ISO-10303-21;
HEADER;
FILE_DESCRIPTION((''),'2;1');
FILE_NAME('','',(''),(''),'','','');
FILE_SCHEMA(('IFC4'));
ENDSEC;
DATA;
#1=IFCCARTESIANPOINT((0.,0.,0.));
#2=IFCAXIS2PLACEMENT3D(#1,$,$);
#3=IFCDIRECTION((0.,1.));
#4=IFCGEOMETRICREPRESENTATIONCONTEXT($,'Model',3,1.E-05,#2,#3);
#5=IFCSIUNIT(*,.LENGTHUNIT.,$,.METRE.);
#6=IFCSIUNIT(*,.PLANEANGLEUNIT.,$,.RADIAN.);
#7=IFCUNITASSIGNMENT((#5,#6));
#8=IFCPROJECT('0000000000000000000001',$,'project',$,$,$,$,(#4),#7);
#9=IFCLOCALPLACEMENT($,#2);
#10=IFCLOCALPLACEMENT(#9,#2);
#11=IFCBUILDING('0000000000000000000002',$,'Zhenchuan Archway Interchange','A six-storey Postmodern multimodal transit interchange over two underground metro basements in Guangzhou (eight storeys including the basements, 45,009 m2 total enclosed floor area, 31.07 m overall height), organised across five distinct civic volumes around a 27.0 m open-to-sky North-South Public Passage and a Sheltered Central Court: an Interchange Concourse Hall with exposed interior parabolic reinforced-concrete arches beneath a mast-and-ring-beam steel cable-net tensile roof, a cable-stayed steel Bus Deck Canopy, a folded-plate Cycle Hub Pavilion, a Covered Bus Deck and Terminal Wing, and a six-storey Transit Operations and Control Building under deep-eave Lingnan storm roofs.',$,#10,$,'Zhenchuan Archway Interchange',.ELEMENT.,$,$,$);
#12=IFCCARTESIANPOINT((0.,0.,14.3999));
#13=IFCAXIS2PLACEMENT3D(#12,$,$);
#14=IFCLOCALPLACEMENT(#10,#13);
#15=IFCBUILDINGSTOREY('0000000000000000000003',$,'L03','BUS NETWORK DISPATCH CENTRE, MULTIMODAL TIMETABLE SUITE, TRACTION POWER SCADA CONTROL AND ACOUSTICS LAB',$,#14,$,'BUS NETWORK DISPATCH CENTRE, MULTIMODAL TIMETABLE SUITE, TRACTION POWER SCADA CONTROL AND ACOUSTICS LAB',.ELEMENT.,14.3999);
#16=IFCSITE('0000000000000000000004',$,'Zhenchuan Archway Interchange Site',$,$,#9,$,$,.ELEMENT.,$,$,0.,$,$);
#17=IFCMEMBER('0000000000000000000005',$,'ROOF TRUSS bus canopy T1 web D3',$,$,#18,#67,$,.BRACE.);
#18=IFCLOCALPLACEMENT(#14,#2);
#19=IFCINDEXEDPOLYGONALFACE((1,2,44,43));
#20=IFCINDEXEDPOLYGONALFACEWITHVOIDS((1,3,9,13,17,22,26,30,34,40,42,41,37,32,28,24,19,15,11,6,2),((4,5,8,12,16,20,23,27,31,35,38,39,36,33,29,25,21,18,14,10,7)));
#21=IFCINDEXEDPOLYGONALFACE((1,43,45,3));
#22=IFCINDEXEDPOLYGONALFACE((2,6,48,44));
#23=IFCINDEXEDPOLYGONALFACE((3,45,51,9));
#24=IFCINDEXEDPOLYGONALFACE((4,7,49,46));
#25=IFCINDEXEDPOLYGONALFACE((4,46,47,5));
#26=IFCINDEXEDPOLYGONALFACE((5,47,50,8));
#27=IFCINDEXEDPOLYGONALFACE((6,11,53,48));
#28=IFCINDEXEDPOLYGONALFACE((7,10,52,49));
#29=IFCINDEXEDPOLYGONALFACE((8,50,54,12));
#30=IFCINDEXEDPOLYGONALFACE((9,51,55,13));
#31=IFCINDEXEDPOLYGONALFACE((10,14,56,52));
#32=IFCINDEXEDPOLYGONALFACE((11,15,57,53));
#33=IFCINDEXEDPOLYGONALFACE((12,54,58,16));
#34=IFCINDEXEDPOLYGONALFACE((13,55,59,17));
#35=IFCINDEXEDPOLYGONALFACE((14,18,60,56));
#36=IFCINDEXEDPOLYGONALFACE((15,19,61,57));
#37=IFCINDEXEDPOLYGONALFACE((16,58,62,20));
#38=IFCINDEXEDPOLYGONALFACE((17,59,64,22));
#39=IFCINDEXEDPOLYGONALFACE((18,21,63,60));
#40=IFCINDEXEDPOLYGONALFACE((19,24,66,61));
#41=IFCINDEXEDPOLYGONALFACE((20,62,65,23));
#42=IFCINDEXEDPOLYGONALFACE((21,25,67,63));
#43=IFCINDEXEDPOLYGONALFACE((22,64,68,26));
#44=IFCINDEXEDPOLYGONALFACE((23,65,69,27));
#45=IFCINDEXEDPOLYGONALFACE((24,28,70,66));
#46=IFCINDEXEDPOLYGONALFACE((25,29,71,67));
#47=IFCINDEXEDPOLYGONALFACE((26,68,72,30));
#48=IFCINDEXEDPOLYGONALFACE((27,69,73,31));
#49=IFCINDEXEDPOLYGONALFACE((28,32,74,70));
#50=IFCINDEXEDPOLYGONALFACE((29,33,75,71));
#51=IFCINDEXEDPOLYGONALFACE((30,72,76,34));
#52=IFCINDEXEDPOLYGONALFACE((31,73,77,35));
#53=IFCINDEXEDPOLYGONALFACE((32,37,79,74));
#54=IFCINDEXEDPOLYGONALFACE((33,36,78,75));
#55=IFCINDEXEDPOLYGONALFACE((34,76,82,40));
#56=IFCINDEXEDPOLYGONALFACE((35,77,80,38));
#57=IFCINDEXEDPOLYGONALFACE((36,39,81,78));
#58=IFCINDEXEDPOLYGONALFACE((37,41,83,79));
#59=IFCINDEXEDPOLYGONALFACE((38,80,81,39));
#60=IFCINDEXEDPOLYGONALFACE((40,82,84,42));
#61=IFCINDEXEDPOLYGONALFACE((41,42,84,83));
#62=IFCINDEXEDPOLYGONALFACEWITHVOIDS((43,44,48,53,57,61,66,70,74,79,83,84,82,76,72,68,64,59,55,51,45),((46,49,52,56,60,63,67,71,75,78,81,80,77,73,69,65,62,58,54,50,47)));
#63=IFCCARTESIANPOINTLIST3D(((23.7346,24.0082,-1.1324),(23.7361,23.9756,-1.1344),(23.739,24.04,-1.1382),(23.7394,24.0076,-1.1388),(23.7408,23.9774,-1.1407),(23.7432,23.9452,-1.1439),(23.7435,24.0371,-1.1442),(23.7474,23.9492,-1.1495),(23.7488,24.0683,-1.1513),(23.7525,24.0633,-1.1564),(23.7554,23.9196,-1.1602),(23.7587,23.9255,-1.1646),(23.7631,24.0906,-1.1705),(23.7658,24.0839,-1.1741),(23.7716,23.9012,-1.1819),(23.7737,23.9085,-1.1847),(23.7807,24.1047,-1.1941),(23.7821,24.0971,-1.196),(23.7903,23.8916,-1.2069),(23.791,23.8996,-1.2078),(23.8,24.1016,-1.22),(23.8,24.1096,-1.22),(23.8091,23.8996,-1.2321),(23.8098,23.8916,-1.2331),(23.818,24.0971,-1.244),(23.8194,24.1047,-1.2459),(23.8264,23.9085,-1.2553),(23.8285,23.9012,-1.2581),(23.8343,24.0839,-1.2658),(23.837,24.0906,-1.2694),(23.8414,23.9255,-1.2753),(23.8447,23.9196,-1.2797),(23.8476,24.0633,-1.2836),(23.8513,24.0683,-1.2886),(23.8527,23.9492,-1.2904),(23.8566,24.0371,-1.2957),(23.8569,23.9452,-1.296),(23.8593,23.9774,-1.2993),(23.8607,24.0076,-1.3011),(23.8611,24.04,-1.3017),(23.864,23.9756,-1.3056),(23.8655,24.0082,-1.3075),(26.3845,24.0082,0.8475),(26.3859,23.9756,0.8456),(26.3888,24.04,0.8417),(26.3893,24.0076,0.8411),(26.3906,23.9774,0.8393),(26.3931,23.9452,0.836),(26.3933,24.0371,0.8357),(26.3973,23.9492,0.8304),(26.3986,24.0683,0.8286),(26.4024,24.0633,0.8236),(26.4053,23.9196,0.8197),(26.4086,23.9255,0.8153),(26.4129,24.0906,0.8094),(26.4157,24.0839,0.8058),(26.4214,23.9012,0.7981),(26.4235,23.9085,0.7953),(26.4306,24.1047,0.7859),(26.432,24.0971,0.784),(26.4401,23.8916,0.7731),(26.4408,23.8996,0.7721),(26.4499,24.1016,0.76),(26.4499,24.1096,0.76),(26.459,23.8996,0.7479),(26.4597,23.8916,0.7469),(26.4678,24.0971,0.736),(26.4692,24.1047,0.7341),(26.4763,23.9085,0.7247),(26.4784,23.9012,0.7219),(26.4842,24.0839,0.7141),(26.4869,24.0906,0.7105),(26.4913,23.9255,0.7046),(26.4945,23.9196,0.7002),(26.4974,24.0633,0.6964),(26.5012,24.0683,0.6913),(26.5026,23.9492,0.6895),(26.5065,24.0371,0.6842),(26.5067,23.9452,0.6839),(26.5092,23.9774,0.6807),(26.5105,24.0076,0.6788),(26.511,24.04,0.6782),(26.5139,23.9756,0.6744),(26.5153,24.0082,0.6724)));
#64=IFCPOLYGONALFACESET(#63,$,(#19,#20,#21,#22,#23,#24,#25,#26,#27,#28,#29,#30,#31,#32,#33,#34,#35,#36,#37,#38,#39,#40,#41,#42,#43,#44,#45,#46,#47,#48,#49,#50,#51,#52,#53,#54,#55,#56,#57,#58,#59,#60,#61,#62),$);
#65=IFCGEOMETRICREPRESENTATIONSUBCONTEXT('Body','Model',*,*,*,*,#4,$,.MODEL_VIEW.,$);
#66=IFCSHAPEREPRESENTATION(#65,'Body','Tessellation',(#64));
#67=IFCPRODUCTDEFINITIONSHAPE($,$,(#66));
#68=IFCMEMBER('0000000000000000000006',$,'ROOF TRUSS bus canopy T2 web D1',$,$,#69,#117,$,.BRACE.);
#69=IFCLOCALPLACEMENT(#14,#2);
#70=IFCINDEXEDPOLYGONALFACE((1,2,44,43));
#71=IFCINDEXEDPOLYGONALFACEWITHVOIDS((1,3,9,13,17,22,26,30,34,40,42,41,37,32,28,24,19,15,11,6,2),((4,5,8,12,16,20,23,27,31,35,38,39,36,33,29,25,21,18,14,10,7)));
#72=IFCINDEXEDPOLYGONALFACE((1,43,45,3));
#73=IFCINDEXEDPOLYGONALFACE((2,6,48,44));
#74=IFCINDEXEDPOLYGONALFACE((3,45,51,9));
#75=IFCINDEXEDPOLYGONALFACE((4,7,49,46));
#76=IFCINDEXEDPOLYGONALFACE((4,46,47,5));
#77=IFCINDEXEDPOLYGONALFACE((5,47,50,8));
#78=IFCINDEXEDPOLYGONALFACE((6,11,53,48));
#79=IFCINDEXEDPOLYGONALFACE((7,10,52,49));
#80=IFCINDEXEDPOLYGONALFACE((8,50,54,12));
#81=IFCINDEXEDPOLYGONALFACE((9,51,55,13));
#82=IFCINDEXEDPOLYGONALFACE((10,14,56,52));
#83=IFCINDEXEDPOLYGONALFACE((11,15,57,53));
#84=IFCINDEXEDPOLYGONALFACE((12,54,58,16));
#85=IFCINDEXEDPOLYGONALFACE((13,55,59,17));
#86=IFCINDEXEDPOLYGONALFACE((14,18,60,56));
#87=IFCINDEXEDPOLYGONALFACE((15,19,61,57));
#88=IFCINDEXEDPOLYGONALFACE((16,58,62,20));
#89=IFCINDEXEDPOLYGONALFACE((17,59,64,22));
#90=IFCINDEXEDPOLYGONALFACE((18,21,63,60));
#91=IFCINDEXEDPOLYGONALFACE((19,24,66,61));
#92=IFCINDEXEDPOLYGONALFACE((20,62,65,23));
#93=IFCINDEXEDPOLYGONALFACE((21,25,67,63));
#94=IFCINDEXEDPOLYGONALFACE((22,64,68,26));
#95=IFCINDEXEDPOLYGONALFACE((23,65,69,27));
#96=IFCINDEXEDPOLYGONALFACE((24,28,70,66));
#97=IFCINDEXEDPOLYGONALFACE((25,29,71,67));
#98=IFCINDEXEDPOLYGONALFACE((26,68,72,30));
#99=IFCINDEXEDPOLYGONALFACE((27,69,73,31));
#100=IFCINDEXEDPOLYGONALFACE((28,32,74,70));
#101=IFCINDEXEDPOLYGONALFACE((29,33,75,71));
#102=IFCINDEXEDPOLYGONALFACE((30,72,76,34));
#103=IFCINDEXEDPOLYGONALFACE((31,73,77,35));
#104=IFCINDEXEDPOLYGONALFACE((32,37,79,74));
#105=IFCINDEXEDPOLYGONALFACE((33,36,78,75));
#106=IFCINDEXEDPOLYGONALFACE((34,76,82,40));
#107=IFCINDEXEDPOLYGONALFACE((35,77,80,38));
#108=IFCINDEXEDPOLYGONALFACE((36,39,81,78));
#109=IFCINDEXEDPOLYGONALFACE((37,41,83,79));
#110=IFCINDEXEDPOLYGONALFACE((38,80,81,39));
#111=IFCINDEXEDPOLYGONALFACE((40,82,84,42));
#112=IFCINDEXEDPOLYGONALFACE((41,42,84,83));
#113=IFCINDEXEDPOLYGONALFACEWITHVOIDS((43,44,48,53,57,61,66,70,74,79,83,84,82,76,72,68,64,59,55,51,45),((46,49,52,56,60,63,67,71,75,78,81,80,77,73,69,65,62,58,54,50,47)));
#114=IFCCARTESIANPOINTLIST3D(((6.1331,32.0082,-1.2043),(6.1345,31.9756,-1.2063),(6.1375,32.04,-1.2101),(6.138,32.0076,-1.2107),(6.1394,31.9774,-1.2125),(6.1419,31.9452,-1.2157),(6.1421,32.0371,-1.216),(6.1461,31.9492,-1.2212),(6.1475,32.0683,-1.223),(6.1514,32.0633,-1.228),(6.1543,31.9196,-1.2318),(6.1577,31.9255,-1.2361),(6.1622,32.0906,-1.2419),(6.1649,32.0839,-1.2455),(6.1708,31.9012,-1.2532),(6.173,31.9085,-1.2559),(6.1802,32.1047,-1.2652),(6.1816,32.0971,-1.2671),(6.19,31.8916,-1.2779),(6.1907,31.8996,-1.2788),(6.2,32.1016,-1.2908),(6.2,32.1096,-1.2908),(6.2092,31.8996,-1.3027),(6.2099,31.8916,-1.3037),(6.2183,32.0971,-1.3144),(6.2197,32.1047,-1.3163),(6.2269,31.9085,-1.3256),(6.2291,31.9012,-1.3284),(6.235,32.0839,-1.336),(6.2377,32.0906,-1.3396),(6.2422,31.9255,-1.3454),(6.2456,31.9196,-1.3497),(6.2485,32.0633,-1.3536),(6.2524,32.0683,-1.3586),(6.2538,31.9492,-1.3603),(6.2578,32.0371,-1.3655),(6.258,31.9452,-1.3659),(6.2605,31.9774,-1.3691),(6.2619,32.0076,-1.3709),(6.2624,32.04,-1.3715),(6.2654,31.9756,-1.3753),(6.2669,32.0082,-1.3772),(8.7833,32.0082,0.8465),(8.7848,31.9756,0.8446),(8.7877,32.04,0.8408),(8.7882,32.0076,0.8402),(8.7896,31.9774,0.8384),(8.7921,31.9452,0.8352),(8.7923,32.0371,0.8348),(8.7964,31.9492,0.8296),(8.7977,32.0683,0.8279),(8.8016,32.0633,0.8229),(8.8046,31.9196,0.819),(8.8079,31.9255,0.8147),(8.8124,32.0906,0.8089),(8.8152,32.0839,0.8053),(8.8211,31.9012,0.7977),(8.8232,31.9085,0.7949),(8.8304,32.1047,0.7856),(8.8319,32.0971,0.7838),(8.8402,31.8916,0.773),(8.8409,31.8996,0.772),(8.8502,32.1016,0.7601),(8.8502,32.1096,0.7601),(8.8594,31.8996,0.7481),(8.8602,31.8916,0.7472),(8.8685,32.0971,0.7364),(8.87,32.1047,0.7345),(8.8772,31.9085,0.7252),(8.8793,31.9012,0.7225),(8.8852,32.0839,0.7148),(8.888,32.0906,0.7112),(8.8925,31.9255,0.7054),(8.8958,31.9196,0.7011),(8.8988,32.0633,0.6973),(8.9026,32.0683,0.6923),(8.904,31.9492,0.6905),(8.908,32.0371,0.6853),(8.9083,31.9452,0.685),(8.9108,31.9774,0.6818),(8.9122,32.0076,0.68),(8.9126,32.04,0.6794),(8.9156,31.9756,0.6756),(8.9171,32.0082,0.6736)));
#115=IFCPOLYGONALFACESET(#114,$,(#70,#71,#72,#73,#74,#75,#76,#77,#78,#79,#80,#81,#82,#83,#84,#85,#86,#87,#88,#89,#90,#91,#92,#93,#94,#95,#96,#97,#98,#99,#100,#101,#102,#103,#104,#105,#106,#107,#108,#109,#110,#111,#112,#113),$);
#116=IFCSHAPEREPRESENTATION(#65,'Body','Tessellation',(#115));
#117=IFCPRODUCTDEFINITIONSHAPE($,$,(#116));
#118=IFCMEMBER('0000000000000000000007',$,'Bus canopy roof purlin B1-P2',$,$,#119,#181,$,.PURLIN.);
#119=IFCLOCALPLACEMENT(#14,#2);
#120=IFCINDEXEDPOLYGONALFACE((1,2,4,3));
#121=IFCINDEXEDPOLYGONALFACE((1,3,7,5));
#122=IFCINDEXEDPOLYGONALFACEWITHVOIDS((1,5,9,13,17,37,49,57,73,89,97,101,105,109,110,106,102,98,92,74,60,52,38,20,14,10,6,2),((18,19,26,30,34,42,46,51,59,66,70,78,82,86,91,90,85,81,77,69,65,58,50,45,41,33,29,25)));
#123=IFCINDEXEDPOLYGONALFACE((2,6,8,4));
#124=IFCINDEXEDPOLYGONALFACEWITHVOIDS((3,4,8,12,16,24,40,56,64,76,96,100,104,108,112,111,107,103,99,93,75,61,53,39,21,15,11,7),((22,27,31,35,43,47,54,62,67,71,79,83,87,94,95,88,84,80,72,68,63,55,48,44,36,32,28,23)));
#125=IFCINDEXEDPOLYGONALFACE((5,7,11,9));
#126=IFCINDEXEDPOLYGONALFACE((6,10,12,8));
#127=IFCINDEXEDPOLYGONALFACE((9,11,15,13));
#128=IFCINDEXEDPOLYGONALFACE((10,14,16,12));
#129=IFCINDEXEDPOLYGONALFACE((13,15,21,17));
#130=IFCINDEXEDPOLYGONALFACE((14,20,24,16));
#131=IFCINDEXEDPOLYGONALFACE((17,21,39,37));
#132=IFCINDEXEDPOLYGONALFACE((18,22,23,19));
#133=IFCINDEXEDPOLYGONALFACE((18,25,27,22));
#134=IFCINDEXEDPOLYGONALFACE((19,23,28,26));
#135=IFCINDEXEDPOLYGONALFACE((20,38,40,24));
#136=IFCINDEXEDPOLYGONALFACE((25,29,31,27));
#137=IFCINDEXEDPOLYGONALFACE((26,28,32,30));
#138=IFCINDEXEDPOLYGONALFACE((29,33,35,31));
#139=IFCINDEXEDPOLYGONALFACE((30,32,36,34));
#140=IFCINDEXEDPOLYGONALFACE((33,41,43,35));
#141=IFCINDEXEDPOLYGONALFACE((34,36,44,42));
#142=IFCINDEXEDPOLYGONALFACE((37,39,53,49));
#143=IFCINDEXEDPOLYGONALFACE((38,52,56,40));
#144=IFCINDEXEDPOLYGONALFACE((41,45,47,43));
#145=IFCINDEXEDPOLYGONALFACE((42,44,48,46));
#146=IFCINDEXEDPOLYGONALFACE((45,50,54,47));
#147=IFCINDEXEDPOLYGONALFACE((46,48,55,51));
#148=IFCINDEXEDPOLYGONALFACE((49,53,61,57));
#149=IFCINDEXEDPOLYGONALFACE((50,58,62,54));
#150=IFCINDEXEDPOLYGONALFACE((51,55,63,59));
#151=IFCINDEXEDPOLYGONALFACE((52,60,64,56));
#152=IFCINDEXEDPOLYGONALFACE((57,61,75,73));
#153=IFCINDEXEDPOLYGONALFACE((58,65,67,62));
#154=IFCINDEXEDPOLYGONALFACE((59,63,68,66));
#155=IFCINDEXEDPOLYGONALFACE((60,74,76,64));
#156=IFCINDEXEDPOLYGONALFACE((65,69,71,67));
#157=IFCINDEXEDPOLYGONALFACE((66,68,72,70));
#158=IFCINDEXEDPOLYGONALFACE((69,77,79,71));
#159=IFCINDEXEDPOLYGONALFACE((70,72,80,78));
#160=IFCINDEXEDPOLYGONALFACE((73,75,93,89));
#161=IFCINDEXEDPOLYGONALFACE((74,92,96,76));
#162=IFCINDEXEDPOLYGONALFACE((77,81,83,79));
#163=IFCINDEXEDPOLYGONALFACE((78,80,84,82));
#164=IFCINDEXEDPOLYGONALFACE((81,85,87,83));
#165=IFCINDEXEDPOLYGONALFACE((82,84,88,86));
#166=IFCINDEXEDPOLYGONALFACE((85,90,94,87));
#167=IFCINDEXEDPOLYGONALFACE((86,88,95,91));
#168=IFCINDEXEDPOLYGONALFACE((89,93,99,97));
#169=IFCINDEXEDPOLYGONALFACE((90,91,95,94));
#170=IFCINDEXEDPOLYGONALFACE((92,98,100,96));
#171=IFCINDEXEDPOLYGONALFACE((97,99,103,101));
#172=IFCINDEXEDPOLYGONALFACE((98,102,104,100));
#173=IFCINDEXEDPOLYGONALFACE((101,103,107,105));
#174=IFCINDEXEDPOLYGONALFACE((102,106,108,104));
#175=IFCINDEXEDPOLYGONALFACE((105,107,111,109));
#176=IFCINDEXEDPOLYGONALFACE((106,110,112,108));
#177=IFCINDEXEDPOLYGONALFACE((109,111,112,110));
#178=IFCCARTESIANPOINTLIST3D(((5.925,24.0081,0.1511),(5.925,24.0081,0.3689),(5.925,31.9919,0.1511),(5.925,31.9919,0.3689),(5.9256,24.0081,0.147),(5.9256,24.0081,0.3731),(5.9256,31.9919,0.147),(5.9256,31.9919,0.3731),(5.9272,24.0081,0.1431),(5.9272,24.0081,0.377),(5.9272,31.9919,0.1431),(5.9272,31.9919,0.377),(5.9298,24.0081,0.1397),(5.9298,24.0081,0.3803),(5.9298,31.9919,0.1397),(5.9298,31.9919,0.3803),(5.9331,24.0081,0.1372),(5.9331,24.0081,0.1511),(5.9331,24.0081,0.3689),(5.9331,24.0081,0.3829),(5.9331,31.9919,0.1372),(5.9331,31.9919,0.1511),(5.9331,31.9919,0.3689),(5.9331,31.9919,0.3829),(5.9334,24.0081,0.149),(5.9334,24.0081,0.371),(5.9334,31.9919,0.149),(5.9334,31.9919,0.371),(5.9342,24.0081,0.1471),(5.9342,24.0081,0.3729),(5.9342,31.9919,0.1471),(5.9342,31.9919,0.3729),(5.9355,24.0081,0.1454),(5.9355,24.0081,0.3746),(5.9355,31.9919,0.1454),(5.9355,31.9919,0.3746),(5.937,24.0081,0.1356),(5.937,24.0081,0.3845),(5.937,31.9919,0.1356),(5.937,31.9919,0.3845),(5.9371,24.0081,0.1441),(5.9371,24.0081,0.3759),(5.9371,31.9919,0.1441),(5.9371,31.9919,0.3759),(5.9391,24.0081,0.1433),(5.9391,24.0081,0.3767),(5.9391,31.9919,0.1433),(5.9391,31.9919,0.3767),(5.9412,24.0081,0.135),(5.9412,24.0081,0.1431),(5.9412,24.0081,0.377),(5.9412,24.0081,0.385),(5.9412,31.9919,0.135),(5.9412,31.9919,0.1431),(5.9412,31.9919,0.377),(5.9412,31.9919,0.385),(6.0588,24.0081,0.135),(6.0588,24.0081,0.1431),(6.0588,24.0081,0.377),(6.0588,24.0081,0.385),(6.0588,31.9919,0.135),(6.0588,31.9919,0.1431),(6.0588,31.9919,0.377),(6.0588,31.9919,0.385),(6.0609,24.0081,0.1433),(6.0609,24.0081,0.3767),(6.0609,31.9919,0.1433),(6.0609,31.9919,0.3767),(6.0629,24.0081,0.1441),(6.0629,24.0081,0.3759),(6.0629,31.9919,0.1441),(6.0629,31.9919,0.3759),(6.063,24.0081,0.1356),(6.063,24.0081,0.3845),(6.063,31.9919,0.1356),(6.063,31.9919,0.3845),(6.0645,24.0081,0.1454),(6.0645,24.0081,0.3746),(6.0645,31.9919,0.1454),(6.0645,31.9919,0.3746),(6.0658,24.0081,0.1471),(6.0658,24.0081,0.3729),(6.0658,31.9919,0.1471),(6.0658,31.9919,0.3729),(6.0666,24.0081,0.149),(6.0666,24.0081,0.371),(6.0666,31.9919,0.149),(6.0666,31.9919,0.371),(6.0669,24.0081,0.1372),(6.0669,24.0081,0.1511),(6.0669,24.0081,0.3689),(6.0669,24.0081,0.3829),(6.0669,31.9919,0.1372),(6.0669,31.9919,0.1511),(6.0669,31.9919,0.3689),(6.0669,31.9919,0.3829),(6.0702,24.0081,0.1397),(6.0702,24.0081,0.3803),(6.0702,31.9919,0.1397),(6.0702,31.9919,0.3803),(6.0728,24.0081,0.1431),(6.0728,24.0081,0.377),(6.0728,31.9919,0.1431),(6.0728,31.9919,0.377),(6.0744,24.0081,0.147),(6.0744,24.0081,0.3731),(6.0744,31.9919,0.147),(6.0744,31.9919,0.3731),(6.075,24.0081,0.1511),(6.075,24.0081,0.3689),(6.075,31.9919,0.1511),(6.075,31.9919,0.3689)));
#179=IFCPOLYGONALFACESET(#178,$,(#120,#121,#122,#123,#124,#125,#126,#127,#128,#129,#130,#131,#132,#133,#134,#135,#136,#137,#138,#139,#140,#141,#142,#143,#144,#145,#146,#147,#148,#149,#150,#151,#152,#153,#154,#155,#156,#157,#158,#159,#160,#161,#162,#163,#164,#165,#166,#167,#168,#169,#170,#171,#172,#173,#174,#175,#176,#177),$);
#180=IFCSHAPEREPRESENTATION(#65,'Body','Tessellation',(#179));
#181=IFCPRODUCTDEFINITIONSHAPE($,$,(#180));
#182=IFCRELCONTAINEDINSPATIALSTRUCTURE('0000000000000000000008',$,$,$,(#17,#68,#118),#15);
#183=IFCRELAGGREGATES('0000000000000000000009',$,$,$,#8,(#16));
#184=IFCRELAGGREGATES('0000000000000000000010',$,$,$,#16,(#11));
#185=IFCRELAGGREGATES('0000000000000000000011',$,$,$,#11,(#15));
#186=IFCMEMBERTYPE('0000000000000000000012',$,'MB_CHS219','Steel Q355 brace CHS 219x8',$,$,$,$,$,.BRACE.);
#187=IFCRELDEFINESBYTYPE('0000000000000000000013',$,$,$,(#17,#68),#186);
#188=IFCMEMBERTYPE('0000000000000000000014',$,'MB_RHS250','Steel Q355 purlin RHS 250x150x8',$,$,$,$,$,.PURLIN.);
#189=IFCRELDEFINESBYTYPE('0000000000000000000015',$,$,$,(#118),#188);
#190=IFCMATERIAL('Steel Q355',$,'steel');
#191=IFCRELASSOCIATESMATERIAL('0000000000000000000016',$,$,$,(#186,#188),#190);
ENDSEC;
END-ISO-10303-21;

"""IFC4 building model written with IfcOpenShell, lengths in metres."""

from ifc_helpers import new_model, si_unit, direction, frame, origin, origin_2d, place, context, subcontext, project, spatial, hollow_rectangle, hollow_circle, extrude, material, material_profile, profile_set, type_object, element, save


model = new_model("IFC4")

# Units and contexts
model_context = context("Model", 3, precision=1e-05, world=origin(), true_north=direction((0.0, 1.0)))
body_context = subcontext(model_context, "Body", "Model", "MODEL_VIEW")
ifc_project = project(units=[si_unit("LENGTHUNIT", "METRE"), si_unit("PLANEANGLEUNIT", "RADIAN")], contexts=[model_context])

# Site, building, storey
site_placement = place(None, origin())
site = spatial("IfcSite", under=ifc_project, at=site_placement, Name="Zhenchuan Archway Interchange Site", CompositionType="ELEMENT", RefElevation=0.0)
building_placement = place(site_placement, origin())
building = spatial("IfcBuilding", under=site, at=building_placement, Name="Zhenchuan Archway Interchange", Description="A six-storey Postmodern multimodal transit interchange over two underground metro basements in Guangzhou (eight storeys including the basements, 45,009 m2 total enclosed floor area, 31.07 m overall height), organised across five distinct civic volumes around a 27.0 m open-to-sky North-South Public Passage and a Sheltered Central Court: an Interchange Concourse Hall with exposed interior parabolic reinforced-concrete arches beneath a mast-and-ring-beam steel cable-net tensile roof, a cable-stayed steel Bus Deck Canopy, a folded-plate Cycle Hub Pavilion, a Covered Bus Deck and Terminal Wing, and a six-storey Transit Operations and Control Building under deep-eave Lingnan storm roofs.", LongName="Zhenchuan Archway Interchange", CompositionType="ELEMENT")
storey_placement = place(building_placement, frame((0.0, 0.0, 14.3999)))
storey = spatial("IfcBuildingStorey", under=building, at=storey_placement, Name="L03", Description="BUS NETWORK DISPATCH CENTRE, MULTIMODAL TIMETABLE SUITE, TRACTION POWER SCADA CONTROL AND ACOUSTICS LAB", LongName="BUS NETWORK DISPATCH CENTRE, MULTIMODAL TIMETABLE SUITE, TRACTION POWER SCADA CONTROL AND ACOUSTICS LAB", CompositionType="ELEMENT", Elevation=14.3999)

# Shared definitions
ifc_material_1 = material(Name="Steel Q355", Category="steel")

# Members
ifc_material_profile_1 = material_profile(ifc_material_1, hollow_circle(Radius=0.1096, WallThickness=0.0081, at=origin_2d()), Name="CHS 219x8")
ifc_profile_set_1 = profile_set([ifc_material_profile_1], Name="Steel Q355")
member_type_1 = type_object("IfcMemberType", Name="MB_CHS219", Description="Steel Q355 brace CHS 219x8", PredefinedType="BRACE", material=ifc_profile_set_1)
member_1_placement = place(storey_placement, frame((23.8, 24.0, -1.22), z_axis=(0.801079, 0.0, 0.598558), x_axis=(0.0, 1.0, 0.0)))
element("IfcMember", 1, at=member_1_placement, inside=storey, type_object=member_type_1, Name="ROOF TRUSS bus canopy T1 web D3", PredefinedType="BRACE", context=body_context, shape_type="SweptSolid", body=[
    extrude(hollow_circle(Radius=0.1096, WallThickness=0.0081, at=origin_2d()), origin(), (0.0, 0.0, 1.0), 3.3079),
])
member_2_placement = place(storey_placement, frame((6.2, 32.0, -1.2908), z_axis=(0.79086, 0.0, 0.611997), x_axis=(0.0, 1.0, 0.0)))
element("IfcMember", 2, at=member_2_placement, inside=storey, type_object=member_type_1, Name="ROOF TRUSS bus canopy T2 web D1", PredefinedType="BRACE", context=body_context, shape_type="SweptSolid", body=[
    extrude(hollow_circle(Radius=0.1096, WallThickness=0.0081, at=origin_2d()), origin(), (0.0, 0.0, 1.0), 3.3511),
])
ifc_material_profile_2 = material_profile(ifc_material_1, hollow_rectangle(XDim=0.1499, YDim=0.25, WallThickness=0.0081, InnerFilletRadius=0.0081, OuterFilletRadius=0.0161, at=origin_2d()), Name="RHS 250x150x8")
ifc_profile_set_2 = profile_set([ifc_material_profile_2], Name="Steel Q355")
member_type_2 = type_object("IfcMemberType", Name="MB_RHS250", Description="Steel Q355 purlin RHS 250x150x8", PredefinedType="PURLIN", material=ifc_profile_set_2)
member_3_placement = place(storey_placement, frame((6.0, 24.0081, 0.26), z_axis=(0.0, 1.0, 0.0), x_axis=(-1.0, 0.0, 0.0)))
element("IfcMember", 3, at=member_3_placement, inside=storey, type_object=member_type_2, Name="Bus canopy roof purlin B1-P2", PredefinedType="PURLIN", context=body_context, shape_type="SweptSolid", body=[
    extrude(hollow_rectangle(XDim=0.1499, YDim=0.25, WallThickness=0.0081, InnerFilletRadius=0.0081, OuterFilletRadius=0.0161, at=origin_2d()), origin(), (0.0, 0.0, 1.0), 7.9839),
])

save(model, "model.ifc")
